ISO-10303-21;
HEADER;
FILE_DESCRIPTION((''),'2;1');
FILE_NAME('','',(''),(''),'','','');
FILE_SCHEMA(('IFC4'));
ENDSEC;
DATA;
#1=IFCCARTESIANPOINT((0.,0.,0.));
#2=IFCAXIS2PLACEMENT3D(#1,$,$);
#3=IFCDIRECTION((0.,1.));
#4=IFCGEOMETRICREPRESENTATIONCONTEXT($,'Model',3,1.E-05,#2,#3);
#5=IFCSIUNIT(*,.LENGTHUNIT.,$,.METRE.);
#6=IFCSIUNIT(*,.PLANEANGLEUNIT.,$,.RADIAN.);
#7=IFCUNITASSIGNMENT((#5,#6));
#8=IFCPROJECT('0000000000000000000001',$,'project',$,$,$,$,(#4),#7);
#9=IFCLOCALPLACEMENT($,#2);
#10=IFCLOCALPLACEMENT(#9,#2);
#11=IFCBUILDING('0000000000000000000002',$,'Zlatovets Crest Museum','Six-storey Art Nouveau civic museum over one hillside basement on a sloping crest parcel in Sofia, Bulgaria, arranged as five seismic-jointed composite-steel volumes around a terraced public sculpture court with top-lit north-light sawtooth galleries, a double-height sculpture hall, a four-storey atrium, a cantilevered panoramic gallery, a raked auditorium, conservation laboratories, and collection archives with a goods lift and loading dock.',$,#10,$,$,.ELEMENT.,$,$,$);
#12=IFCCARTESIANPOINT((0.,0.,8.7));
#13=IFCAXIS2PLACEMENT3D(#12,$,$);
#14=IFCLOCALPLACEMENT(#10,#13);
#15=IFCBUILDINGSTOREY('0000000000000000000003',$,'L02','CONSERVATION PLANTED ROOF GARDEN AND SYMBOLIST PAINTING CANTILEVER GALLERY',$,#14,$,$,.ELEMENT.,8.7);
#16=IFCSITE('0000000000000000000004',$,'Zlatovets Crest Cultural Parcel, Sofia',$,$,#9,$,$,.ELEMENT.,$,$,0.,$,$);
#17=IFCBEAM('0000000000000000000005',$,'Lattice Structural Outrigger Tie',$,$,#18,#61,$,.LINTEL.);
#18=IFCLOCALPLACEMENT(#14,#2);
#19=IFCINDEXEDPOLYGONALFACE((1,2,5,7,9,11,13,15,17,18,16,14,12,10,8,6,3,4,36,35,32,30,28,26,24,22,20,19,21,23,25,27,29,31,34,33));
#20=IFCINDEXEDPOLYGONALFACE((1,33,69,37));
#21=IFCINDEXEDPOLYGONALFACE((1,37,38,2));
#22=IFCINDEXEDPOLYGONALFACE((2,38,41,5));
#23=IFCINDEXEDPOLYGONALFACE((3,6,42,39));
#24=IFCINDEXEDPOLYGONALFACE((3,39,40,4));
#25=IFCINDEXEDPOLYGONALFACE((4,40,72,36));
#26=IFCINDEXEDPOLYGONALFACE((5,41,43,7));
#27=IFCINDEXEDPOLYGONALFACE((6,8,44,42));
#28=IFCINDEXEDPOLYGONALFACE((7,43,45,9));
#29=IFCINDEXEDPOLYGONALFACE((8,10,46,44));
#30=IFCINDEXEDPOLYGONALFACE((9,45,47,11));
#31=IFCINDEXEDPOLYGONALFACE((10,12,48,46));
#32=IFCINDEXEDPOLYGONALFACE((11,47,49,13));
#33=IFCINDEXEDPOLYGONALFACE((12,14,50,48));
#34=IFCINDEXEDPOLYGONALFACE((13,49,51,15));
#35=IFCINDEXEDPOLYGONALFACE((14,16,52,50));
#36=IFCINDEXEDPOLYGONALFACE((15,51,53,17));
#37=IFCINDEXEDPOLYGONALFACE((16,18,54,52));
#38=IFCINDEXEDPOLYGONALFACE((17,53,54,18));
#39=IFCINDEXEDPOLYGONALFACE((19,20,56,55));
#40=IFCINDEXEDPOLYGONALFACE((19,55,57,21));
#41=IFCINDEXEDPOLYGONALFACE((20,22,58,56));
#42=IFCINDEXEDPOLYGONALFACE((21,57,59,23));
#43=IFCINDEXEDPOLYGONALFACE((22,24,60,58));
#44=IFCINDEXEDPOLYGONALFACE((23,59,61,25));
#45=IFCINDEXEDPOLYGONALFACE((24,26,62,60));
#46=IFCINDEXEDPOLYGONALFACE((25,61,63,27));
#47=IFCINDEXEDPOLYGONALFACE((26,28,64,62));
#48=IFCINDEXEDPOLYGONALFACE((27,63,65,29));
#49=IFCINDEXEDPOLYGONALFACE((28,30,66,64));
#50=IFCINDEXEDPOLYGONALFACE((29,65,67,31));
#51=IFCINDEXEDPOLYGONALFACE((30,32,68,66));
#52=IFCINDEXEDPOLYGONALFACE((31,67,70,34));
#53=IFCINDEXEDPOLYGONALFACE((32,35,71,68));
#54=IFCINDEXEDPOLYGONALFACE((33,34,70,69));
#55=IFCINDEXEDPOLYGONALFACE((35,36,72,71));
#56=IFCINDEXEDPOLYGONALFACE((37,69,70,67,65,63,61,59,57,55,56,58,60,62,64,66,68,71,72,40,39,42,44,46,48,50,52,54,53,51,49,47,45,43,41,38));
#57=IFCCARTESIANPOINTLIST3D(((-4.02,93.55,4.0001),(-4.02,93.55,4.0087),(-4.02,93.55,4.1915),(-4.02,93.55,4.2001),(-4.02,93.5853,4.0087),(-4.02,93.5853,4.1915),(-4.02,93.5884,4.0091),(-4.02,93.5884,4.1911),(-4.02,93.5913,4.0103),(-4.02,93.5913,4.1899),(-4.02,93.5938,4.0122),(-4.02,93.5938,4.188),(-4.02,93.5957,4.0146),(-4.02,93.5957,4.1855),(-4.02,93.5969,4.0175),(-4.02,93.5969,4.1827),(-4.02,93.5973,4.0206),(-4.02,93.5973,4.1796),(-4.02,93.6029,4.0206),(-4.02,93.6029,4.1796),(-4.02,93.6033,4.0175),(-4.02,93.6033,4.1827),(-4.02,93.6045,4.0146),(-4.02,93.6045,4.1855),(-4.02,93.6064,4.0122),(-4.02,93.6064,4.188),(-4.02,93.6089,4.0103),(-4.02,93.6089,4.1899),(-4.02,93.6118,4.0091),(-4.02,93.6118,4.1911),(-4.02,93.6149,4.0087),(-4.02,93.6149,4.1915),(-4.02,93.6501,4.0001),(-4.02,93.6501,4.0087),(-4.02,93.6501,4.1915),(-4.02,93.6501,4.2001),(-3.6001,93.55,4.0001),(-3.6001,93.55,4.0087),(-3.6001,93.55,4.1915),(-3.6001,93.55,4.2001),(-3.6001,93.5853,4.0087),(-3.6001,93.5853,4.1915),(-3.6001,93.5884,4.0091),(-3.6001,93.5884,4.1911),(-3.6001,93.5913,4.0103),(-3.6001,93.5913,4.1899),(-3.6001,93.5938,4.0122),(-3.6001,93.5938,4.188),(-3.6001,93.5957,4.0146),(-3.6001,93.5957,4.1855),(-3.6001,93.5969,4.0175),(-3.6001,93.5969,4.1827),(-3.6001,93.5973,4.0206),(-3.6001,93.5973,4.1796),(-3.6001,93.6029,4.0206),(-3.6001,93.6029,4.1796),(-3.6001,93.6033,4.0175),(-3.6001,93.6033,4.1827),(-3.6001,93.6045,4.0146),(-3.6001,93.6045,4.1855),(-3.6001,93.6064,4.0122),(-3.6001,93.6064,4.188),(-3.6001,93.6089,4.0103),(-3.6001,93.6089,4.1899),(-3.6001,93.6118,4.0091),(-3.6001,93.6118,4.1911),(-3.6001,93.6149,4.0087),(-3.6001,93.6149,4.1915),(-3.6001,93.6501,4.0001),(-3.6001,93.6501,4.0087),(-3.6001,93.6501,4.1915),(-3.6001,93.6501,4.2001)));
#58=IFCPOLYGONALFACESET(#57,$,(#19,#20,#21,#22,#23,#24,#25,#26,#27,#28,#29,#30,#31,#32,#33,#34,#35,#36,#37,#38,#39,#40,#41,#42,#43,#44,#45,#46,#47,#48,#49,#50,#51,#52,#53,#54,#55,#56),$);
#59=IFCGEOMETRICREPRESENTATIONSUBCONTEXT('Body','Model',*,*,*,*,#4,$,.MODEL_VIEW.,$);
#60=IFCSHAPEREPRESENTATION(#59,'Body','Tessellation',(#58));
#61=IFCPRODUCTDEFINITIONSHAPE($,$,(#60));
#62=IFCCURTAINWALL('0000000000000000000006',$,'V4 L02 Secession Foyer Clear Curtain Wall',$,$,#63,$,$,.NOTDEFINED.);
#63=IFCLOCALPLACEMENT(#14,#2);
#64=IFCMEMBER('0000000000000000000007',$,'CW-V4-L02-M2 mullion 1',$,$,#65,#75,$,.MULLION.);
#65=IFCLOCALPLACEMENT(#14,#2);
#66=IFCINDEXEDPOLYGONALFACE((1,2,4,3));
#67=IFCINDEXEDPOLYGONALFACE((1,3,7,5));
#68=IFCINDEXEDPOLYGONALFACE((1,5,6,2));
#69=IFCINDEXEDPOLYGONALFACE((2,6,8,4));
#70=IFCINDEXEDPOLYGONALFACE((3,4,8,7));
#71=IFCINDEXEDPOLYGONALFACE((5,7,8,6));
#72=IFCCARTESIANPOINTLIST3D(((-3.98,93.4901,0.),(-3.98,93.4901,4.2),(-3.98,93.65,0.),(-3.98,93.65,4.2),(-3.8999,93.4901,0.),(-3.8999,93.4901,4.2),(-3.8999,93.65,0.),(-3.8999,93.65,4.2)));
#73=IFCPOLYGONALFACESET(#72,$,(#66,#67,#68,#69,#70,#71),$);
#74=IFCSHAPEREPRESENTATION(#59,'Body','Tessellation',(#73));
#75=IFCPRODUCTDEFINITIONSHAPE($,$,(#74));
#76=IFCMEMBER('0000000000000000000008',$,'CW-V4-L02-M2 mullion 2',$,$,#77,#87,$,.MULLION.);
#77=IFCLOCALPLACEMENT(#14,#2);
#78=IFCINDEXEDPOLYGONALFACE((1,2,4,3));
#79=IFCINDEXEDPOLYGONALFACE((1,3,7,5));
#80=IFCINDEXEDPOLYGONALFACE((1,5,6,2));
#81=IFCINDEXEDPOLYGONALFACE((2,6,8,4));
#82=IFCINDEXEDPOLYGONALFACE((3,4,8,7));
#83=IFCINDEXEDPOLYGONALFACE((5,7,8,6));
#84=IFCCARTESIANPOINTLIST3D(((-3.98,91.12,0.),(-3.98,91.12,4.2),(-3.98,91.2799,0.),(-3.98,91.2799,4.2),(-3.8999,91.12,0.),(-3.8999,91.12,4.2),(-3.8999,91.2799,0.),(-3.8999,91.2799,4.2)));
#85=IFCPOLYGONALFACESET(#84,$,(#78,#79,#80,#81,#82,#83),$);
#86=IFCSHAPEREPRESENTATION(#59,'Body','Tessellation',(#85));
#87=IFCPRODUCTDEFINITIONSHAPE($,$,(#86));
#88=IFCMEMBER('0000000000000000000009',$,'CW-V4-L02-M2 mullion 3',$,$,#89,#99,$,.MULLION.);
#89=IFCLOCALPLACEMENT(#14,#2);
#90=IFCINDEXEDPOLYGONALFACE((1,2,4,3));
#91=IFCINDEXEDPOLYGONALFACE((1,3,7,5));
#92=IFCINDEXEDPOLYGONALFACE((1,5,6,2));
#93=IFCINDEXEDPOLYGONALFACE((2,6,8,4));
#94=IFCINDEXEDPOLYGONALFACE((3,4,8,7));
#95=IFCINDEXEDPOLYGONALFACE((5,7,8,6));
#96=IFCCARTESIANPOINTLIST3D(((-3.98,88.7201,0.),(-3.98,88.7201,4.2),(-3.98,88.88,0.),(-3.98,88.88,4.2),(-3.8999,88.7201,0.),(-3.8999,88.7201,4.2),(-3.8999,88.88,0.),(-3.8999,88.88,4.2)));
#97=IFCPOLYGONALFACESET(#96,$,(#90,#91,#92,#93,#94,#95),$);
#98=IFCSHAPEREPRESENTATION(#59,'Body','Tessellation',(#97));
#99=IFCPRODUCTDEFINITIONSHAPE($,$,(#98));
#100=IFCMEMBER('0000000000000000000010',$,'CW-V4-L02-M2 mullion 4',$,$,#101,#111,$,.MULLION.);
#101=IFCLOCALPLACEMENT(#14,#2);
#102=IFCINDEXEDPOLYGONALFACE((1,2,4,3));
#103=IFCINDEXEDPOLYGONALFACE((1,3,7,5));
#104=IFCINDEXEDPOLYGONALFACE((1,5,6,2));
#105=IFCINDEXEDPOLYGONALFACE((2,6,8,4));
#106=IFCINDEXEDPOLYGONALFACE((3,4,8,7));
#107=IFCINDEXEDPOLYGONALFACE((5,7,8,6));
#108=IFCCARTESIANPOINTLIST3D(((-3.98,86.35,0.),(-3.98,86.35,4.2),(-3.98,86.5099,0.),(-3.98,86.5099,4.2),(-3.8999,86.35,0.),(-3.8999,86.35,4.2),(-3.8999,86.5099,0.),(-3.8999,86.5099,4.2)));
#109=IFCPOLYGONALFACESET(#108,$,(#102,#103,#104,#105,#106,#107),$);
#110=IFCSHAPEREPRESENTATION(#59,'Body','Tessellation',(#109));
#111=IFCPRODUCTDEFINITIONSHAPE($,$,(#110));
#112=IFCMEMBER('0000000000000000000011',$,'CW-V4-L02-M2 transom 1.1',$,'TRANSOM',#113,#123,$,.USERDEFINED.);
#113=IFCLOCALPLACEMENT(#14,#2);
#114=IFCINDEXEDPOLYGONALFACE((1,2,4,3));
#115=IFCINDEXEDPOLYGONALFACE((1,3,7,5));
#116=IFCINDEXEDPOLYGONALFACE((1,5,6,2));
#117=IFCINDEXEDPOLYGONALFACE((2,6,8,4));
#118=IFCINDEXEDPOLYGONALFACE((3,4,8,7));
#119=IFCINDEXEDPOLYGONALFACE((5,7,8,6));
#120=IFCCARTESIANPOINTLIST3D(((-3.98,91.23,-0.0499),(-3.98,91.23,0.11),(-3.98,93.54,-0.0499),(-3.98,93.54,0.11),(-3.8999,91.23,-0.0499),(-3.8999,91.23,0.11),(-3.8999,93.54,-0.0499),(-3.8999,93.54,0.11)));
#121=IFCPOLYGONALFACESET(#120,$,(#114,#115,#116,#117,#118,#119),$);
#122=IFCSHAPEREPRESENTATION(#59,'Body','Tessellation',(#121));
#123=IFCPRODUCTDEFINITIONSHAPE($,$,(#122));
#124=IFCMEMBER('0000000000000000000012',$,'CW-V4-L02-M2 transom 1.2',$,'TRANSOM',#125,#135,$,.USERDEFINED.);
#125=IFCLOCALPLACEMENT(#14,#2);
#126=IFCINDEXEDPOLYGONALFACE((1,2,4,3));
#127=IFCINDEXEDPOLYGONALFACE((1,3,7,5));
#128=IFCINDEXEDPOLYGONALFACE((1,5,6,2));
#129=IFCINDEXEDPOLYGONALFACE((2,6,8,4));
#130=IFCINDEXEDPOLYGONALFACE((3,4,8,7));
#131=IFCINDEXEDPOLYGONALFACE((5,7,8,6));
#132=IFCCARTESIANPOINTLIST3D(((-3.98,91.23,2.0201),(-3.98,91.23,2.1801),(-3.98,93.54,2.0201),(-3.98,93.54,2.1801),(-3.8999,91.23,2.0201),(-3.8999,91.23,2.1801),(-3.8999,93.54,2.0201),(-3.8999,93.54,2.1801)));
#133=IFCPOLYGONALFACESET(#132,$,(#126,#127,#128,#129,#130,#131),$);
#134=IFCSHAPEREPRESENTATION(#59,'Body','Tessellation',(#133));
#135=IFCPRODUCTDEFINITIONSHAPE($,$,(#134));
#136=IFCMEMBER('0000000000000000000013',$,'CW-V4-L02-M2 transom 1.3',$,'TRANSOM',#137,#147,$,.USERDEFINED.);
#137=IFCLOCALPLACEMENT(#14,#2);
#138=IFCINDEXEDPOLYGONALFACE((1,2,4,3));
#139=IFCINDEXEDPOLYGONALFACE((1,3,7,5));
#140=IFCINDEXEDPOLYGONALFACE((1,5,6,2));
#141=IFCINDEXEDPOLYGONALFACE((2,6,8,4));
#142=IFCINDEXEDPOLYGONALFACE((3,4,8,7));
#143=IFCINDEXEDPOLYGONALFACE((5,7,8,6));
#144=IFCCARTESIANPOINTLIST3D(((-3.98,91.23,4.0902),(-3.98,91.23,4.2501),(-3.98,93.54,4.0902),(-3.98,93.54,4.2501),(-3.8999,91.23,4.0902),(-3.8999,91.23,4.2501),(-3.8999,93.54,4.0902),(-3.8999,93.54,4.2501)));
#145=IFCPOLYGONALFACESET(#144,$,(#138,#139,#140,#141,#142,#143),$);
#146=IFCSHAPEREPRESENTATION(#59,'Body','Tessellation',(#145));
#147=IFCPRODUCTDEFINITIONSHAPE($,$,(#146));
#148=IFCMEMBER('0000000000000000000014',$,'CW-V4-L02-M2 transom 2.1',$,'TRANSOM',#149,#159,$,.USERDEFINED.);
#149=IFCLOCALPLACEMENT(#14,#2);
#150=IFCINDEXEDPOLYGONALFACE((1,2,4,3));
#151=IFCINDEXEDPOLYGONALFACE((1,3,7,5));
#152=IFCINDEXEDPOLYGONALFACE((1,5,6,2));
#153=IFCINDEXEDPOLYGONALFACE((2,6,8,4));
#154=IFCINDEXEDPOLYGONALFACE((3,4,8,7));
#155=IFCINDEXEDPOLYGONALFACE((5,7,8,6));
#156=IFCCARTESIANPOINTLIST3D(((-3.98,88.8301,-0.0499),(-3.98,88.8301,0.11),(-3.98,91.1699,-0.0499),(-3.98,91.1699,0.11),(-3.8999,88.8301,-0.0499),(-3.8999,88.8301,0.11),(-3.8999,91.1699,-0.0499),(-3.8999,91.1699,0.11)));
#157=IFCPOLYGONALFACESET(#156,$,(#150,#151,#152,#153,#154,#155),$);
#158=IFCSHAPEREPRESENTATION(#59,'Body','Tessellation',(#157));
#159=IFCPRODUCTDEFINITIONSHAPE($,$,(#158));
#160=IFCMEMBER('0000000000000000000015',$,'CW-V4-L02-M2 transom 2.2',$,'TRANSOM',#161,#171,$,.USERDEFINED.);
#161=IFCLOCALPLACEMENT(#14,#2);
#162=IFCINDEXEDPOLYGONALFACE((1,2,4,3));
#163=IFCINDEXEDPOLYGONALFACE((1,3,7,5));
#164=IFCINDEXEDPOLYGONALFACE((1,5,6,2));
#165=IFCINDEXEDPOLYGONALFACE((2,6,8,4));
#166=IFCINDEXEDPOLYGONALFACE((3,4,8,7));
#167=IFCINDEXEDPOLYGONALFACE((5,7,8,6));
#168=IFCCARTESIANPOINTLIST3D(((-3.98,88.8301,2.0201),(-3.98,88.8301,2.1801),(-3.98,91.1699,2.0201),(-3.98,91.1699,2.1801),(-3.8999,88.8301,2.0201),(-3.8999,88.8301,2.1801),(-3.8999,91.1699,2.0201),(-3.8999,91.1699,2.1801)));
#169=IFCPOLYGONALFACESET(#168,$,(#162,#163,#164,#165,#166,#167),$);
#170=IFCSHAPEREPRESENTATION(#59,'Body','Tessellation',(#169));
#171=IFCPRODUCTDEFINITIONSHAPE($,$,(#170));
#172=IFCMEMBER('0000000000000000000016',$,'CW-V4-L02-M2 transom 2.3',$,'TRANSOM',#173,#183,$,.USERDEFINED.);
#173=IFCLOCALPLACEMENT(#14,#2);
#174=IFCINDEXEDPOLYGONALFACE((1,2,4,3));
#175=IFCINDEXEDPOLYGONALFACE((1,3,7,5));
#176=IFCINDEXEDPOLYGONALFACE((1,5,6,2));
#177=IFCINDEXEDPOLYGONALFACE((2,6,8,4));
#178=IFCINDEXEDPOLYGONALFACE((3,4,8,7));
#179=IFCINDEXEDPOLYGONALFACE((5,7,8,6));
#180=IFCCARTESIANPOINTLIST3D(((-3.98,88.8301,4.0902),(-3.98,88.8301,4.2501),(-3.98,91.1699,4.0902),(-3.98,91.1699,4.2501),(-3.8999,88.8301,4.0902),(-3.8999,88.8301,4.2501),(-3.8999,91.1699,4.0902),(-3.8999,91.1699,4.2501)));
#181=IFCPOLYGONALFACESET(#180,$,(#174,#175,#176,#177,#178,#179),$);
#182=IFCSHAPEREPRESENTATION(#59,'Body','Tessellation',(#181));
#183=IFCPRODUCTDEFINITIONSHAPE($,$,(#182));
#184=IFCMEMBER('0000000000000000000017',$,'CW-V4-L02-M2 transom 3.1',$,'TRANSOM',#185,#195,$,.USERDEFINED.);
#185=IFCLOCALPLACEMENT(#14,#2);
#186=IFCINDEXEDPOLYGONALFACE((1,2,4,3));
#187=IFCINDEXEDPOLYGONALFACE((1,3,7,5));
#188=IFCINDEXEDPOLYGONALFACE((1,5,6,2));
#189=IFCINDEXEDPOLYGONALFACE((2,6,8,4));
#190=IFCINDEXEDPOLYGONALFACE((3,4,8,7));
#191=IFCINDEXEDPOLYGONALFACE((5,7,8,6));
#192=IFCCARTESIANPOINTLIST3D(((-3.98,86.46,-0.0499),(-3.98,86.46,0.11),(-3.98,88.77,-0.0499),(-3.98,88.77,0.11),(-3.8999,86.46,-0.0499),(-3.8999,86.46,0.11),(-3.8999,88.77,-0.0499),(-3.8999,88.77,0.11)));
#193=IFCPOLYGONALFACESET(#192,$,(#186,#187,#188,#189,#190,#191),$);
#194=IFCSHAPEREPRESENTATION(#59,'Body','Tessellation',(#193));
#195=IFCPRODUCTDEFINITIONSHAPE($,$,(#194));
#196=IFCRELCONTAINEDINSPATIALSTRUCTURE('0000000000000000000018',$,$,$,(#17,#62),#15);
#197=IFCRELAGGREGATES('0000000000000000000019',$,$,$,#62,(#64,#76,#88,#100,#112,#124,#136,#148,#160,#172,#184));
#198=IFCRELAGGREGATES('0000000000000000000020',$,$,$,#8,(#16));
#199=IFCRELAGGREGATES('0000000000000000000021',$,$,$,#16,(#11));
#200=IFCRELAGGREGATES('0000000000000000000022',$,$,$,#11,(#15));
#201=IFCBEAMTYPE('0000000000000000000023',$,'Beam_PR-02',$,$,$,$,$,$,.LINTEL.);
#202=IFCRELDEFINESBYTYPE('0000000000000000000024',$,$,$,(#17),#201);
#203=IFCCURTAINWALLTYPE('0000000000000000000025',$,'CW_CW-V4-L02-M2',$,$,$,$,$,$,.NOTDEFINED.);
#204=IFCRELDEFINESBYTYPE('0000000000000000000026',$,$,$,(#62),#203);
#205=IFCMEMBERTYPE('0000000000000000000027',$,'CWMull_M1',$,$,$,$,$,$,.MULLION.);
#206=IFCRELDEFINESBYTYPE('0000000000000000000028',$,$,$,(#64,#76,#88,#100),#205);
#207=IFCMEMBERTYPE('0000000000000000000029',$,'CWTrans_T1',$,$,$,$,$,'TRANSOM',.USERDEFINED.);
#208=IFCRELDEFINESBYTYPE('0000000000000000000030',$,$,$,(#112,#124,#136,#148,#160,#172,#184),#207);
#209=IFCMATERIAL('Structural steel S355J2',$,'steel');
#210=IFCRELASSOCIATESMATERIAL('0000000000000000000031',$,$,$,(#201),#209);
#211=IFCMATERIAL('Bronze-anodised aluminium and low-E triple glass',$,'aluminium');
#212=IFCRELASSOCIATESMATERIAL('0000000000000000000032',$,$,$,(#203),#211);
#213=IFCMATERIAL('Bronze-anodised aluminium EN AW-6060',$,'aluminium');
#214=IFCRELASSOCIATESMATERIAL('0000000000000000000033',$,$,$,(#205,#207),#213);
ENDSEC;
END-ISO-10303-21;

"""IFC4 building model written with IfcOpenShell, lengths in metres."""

from ifc_helpers import new_model, si_unit, direction, frame, origin, origin_2d, place, context, subcontext, project, spatial, rectangle, i_section, extrude, material, material_profile, profile_set, type_object, element, aggregate, save


model = new_model("IFC4")

# Units and contexts
model_context = context("Model", 3, precision=1e-05, world=origin(), true_north=direction((0.0, 1.0)))
body_context = subcontext(model_context, "Body", "Model", "MODEL_VIEW")
ifc_project = project(units=[si_unit("LENGTHUNIT", "METRE"), si_unit("PLANEANGLEUNIT", "RADIAN")], contexts=[model_context])

# Site, building, storey
site_placement = place(None, origin())
site = spatial("IfcSite", under=ifc_project, at=site_placement, Name="Zlatovets Crest Cultural Parcel, Sofia", CompositionType="ELEMENT", RefElevation=0.0)
building_placement = place(site_placement, origin())
building = spatial("IfcBuilding", under=site, at=building_placement, Name="Zlatovets Crest Museum", Description="Six-storey Art Nouveau civic museum over one hillside basement on a sloping crest parcel in Sofia, Bulgaria, arranged as five seismic-jointed composite-steel volumes around a terraced public sculpture court with top-lit north-light sawtooth galleries, a double-height sculpture hall, a four-storey atrium, a cantilevered panoramic gallery, a raked auditorium, conservation laboratories, and collection archives with a goods lift and loading dock.", CompositionType="ELEMENT")
storey_placement = place(building_placement, frame((0.0, 0.0, 8.7)))
storey = spatial("IfcBuildingStorey", under=building, at=storey_placement, Name="L02", Description="CONSERVATION PLANTED ROOF GARDEN AND SYMBOLIST PAINTING CANTILEVER GALLERY", CompositionType="ELEMENT", Elevation=8.7)

# Beam
ifc_material_1 = material(Name="Structural steel S355J2", Category="steel")
ifc_material_profile_1 = material_profile(ifc_material_1, i_section(OverallWidth=0.1001, OverallDepth=0.2, WebThickness=0.0056, FlangeThickness=0.0085, FilletRadius=0.012, at=origin_2d()), Name="IPE 200")
ifc_profile_set_1 = profile_set([ifc_material_profile_1], Name="Structural steel S355J2")
beam_type_1 = type_object("IfcBeamType", Name="Beam_PR-02", PredefinedType="LINTEL", material=ifc_profile_set_1)
for number, where, z_axis, x_axis, name in (
    (1, (-3.6001, 93.6001, 4.1001), (-1.0, 0.0, 0.0), (0.0, -1.0, 0.0), "Lattice Structural Outrigger Tie"),
):
    element("IfcBeam", number, at=place(storey_placement, frame(where, z_axis=z_axis, x_axis=x_axis)), inside=storey, type_object=beam_type_1, Name=name, PredefinedType="LINTEL", context=body_context, shape_type="SweptSolid", body=[
        extrude(i_section(OverallWidth=0.1001, OverallDepth=0.2, WebThickness=0.0056, FlangeThickness=0.0085, FilletRadius=0.012, at=origin_2d()), origin(), (0.0, 0.0, 1.0), 0.4199),
    ])

# Curtain wall, members
ifc_material_2 = material(Name="Bronze-anodised aluminium and low-E triple glass", Category="aluminium")
curtain_wall_type = type_object("IfcCurtainWallType", Name="CW_CW-V4-L02-M2", PredefinedType="NOTDEFINED", material=ifc_material_2)
curtain_wall_placement = place(storey_placement, origin())
curtain_wall = element("IfcCurtainWall", 2, at=curtain_wall_placement, inside=storey, type_object=curtain_wall_type, Name="V4 L02 Secession Foyer Clear Curtain Wall", PredefinedType="NOTDEFINED")
ifc_material_3 = material(Name="Bronze-anodised aluminium EN AW-6060", Category="aluminium")
ifc_material_profile_2 = material_profile(ifc_material_3, rectangle(XDim=0.0801, YDim=0.1599, at=origin_2d()), Name="ALU 80x160")
ifc_profile_set_2 = profile_set([ifc_material_profile_2], Name="Bronze-anodised aluminium EN AW-6060")
member_type_1 = type_object("IfcMemberType", Name="CWMull_M1", PredefinedType="MULLION", material=ifc_profile_set_2)
member_1_placement = place(storey_placement, frame((-3.9399, 93.5701, 0.0), z_axis=(0.0, 0.0, 1.0), x_axis=(1.0, 0.0, 0.0)))
member_1 = element("IfcMember", 3, at=member_1_placement, type_object=member_type_1, Name="CW-V4-L02-M2 mullion 1", PredefinedType="MULLION", context=body_context, shape_type="SweptSolid", body=[
    extrude(rectangle(XDim=0.0801, YDim=0.1599, at=origin_2d()), origin(), (0.0, 0.0, 1.0), 4.2),
])
member_2_placement = place(storey_placement, frame((-3.9399, 91.2, 0.0), z_axis=(0.0, 0.0, 1.0), x_axis=(1.0, 0.0, 0.0)))
member_2 = element("IfcMember", 4, at=member_2_placement, type_object=member_type_1, Name="CW-V4-L02-M2 mullion 2", PredefinedType="MULLION", context=body_context, shape_type="SweptSolid", body=[
    extrude(rectangle(XDim=0.0801, YDim=0.1599, at=origin_2d()), origin(), (0.0, 0.0, 1.0), 4.2),
])
member_3_placement = place(storey_placement, frame((-3.9399, 88.8, 0.0), z_axis=(0.0, 0.0, 1.0), x_axis=(1.0, 0.0, 0.0)))
member_3 = element("IfcMember", 5, at=member_3_placement, type_object=member_type_1, Name="CW-V4-L02-M2 mullion 3", PredefinedType="MULLION", context=body_context, shape_type="SweptSolid", body=[
    extrude(rectangle(XDim=0.0801, YDim=0.1599, at=origin_2d()), origin(), (0.0, 0.0, 1.0), 4.2),
])
member_4_placement = place(storey_placement, frame((-3.9399, 86.4299, 0.0), z_axis=(0.0, 0.0, 1.0), x_axis=(1.0, 0.0, 0.0)))
member_4 = element("IfcMember", 6, at=member_4_placement, type_object=member_type_1, Name="CW-V4-L02-M2 mullion 4", PredefinedType="MULLION", context=body_context, shape_type="SweptSolid", body=[
    extrude(rectangle(XDim=0.0801, YDim=0.1599, at=origin_2d()), origin(), (0.0, 0.0, 1.0), 4.2),
])
ifc_material_profile_3 = material_profile(ifc_material_3, rectangle(XDim=0.0801, YDim=0.1599, at=origin_2d()), Name="ALU 80x160")
ifc_profile_set_3 = profile_set([ifc_material_profile_3], Name="Bronze-anodised aluminium EN AW-6060")
member_type_2 = type_object("IfcMemberType", Name="CWTrans_T1", ElementType="TRANSOM", PredefinedType="USERDEFINED", material=ifc_profile_set_3)
member_5_placement = place(storey_placement, frame((-3.9399, 93.54, 0.03), z_axis=(0.0, -1.0, 0.0), x_axis=(1.0, 0.0, 0.0)))
member_5 = element("IfcMember", 7, at=member_5_placement, type_object=member_type_2, Name="CW-V4-L02-M2 transom 1.1", ObjectType="TRANSOM", PredefinedType="USERDEFINED", context=body_context, shape_type="SweptSolid", body=[
    extrude(rectangle(XDim=0.0801, YDim=0.1599, at=origin_2d()), origin(), (0.0, 0.0, 1.0), 2.3101),
])
member_6_placement = place(storey_placement, frame((-3.9399, 93.54, 2.1001), z_axis=(0.0, -1.0, 0.0), x_axis=(1.0, 0.0, 0.0)))
member_6 = element("IfcMember", 8, at=member_6_placement, type_object=member_type_2, Name="CW-V4-L02-M2 transom 1.2", ObjectType="TRANSOM", PredefinedType="USERDEFINED", context=body_context, shape_type="SweptSolid", body=[
    extrude(rectangle(XDim=0.0801, YDim=0.1599, at=origin_2d()), origin(), (0.0, 0.0, 1.0), 2.3101),
])
member_7_placement = place(storey_placement, frame((-3.9399, 93.54, 4.1702), z_axis=(0.0, -1.0, 0.0), x_axis=(1.0, 0.0, 0.0)))
member_7 = element("IfcMember", 9, at=member_7_placement, type_object=member_type_2, Name="CW-V4-L02-M2 transom 1.3", ObjectType="TRANSOM", PredefinedType="USERDEFINED", context=body_context, shape_type="SweptSolid", body=[
    extrude(rectangle(XDim=0.0801, YDim=0.1599, at=origin_2d()), origin(), (0.0, 0.0, 1.0), 2.3101),
])
member_8_placement = place(storey_placement, frame((-3.9399, 91.1699, 0.03), z_axis=(0.0, -1.0, 0.0), x_axis=(1.0, 0.0, 0.0)))
member_8 = element("IfcMember", 10, at=member_8_placement, type_object=member_type_2, Name="CW-V4-L02-M2 transom 2.1", ObjectType="TRANSOM", PredefinedType="USERDEFINED", context=body_context, shape_type="SweptSolid", body=[
    extrude(rectangle(XDim=0.0801, YDim=0.1599, at=origin_2d()), origin(), (0.0, 0.0, 1.0), 2.3398),
])
member_9_placement = place(storey_placement, frame((-3.9399, 91.1699, 2.1001), z_axis=(0.0, -1.0, 0.0), x_axis=(1.0, 0.0, 0.0)))
member_9 = element("IfcMember", 11, at=member_9_placement, type_object=member_type_2, Name="CW-V4-L02-M2 transom 2.2", ObjectType="TRANSOM", PredefinedType="USERDEFINED", context=body_context, shape_type="SweptSolid", body=[
    extrude(rectangle(XDim=0.0801, YDim=0.1599, at=origin_2d()), origin(), (0.0, 0.0, 1.0), 2.3398),
])
member_10_placement = place(storey_placement, frame((-3.9399, 91.1699, 4.1702), z_axis=(0.0, -1.0, 0.0), x_axis=(1.0, 0.0, 0.0)))
member_10 = element("IfcMember", 12, at=member_10_placement, type_object=member_type_2, Name="CW-V4-L02-M2 transom 2.3", ObjectType="TRANSOM", PredefinedType="USERDEFINED", context=body_context, shape_type="SweptSolid", body=[
    extrude(rectangle(XDim=0.0801, YDim=0.1599, at=origin_2d()), origin(), (0.0, 0.0, 1.0), 2.3398),
])
member_11_placement = place(storey_placement, frame((-3.9399, 88.77, 0.03), z_axis=(0.0, -1.0, 0.0), x_axis=(1.0, 0.0, 0.0)))
member_11 = element("IfcMember", 13, at=member_11_placement, type_object=member_type_2, Name="CW-V4-L02-M2 transom 3.1", ObjectType="TRANSOM", PredefinedType="USERDEFINED", context=body_context, shape_type="SweptSolid", body=[
    extrude(rectangle(XDim=0.0801, YDim=0.1599, at=origin_2d()), origin(), (0.0, 0.0, 1.0), 2.3101),
])

aggregate(curtain_wall, [member_1, member_2, member_3, member_4, member_5, member_6, member_7, member_8, member_9, member_10, member_11])

save(model, "model.ifc")
